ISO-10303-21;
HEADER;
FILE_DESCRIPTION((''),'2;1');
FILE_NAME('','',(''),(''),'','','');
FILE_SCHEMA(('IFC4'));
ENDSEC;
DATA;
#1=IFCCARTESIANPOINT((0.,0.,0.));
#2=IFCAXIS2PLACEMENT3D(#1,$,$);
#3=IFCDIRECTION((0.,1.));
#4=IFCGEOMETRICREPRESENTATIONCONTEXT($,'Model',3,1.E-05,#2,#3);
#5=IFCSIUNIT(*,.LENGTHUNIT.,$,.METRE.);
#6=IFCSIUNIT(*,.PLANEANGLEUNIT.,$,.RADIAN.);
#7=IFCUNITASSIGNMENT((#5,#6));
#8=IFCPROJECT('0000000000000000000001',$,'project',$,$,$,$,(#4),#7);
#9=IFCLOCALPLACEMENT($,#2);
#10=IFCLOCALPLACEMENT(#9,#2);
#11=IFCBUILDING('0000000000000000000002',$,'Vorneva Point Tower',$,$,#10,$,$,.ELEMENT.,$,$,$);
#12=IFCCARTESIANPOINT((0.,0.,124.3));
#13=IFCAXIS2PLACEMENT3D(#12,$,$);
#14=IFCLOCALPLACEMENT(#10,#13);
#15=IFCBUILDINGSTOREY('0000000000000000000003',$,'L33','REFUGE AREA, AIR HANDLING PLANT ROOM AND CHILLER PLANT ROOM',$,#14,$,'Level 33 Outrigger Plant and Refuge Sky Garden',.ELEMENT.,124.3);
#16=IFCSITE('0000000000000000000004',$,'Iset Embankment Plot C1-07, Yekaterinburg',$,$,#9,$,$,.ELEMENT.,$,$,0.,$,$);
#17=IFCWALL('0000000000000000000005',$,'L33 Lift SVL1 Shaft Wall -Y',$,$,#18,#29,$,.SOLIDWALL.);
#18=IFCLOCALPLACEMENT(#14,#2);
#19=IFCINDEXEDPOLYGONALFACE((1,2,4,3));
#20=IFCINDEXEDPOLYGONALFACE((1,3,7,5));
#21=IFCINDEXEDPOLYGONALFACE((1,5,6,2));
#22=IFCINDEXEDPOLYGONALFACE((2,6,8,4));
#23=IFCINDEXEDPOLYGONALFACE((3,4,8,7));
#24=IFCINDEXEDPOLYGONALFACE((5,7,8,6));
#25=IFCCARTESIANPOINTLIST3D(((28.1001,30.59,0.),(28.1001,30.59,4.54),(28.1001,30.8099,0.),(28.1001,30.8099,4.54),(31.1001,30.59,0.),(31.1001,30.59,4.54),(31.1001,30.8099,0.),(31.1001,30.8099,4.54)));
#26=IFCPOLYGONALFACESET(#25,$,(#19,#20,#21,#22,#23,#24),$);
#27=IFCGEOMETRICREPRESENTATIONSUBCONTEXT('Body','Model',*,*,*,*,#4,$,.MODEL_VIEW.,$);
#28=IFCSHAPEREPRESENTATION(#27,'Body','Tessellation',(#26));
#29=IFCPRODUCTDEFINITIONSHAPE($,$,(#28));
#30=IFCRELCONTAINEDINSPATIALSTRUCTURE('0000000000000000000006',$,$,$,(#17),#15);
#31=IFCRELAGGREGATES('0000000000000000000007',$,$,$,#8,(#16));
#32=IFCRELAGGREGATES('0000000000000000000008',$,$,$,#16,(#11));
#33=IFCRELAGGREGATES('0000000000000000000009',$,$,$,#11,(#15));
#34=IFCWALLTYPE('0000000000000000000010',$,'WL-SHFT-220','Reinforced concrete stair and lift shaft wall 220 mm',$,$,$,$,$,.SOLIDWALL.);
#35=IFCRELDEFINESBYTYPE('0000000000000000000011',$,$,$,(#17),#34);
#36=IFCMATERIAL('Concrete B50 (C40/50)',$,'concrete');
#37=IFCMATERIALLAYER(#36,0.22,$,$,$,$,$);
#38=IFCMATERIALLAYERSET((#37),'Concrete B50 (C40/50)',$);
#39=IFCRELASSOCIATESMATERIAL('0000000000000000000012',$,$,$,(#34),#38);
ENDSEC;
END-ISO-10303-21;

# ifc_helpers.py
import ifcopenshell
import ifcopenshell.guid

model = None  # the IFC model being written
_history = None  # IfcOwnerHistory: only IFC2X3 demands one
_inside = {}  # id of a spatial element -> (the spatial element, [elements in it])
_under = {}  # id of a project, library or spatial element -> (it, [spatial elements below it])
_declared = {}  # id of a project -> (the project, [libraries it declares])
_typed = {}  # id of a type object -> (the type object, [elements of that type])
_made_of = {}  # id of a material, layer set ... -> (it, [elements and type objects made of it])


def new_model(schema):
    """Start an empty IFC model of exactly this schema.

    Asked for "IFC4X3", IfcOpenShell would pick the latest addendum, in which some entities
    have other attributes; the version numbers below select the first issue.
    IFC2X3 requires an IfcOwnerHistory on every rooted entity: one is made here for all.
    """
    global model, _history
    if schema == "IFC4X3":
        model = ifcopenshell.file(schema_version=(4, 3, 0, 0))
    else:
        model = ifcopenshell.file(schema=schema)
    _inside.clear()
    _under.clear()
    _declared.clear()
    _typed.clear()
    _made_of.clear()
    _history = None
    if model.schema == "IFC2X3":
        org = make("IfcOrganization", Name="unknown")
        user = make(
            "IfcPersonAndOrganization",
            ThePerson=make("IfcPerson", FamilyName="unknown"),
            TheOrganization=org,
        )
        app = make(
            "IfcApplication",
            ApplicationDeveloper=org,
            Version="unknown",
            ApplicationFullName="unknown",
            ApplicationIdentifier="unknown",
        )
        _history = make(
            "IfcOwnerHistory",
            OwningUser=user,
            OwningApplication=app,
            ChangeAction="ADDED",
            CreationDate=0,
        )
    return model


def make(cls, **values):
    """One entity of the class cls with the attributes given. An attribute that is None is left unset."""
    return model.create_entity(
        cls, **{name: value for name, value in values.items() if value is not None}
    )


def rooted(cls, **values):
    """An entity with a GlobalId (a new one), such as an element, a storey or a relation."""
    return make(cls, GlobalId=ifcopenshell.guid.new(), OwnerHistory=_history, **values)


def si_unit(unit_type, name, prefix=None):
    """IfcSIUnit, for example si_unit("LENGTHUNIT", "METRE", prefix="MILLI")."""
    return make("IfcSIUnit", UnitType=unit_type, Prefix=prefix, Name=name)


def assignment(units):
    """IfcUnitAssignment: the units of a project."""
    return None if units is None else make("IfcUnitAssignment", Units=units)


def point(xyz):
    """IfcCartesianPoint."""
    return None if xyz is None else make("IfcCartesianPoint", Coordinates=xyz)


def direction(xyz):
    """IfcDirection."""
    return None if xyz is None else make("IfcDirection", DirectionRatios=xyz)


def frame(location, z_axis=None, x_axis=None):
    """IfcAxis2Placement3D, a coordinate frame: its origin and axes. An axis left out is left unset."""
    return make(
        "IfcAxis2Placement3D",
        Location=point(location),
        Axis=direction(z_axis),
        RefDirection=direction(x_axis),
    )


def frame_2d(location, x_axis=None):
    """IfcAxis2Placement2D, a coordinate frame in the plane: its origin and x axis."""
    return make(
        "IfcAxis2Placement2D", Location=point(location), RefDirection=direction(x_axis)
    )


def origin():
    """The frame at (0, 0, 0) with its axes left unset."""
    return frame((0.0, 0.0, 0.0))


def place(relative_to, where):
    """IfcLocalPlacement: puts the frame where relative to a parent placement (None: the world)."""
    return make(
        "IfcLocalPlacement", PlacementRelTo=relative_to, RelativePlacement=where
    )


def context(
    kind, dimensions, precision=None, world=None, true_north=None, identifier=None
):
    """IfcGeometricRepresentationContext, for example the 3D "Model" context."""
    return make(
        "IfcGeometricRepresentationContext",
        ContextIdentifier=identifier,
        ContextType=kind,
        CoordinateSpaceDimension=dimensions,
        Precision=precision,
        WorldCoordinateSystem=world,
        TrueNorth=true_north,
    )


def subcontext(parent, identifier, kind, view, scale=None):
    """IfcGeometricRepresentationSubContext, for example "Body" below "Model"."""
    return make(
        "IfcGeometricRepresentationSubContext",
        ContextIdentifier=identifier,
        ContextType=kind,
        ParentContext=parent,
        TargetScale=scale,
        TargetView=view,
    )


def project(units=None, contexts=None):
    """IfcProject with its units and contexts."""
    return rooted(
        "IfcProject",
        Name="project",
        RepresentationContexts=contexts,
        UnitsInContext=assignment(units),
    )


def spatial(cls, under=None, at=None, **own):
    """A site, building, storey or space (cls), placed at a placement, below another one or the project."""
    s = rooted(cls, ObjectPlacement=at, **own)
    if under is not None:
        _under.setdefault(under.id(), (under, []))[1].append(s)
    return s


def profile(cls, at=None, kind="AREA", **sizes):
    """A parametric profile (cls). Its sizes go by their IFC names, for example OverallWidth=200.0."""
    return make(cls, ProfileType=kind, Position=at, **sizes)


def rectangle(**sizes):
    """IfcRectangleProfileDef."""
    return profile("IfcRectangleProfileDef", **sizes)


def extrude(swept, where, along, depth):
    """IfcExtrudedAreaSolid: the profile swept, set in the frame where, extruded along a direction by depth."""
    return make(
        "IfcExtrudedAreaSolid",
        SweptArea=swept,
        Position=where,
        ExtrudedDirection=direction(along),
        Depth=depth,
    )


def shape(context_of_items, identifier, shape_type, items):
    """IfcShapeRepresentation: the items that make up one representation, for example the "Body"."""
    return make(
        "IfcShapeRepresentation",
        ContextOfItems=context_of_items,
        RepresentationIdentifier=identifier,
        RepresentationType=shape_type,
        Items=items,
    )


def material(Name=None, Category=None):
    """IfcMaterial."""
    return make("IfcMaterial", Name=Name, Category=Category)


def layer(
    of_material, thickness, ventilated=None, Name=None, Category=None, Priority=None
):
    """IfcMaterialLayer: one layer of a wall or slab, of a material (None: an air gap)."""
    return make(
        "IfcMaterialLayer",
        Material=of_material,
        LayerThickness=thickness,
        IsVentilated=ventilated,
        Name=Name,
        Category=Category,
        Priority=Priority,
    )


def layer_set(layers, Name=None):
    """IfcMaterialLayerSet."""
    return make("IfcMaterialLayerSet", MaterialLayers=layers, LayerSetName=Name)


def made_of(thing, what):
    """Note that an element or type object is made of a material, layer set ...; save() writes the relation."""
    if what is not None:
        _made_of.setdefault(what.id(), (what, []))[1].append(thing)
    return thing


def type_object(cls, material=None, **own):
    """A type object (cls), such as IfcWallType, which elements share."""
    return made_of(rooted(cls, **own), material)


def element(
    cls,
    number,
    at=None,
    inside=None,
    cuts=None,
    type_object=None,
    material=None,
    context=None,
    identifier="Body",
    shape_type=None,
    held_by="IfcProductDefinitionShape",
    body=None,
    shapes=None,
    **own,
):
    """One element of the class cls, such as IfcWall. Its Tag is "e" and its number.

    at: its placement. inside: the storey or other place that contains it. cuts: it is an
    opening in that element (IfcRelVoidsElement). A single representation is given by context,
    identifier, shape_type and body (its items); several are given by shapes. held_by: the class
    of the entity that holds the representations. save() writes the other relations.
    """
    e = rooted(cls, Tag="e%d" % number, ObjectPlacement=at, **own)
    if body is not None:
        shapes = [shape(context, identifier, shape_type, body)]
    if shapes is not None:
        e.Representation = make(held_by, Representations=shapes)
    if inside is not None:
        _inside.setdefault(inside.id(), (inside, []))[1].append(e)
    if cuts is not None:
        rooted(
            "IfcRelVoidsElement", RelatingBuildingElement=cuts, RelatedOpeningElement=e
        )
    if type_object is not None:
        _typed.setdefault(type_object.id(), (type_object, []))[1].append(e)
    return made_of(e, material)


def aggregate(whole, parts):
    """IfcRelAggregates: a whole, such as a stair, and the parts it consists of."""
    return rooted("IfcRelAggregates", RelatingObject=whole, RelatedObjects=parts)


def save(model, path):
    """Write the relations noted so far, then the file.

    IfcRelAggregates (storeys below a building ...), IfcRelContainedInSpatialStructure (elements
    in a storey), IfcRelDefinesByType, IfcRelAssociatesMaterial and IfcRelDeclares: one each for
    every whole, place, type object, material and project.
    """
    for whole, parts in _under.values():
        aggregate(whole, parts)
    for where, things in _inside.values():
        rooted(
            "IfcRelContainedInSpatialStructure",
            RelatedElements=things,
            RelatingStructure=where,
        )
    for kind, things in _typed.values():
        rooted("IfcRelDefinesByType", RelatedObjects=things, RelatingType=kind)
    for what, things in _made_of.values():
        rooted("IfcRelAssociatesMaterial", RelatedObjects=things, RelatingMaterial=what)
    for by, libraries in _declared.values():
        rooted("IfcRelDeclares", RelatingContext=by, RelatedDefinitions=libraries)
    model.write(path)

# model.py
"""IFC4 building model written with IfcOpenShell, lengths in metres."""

from ifc_helpers import new_model, si_unit, direction, frame, frame_2d, origin, place, context, subcontext, project, spatial, rectangle, extrude, material, layer, layer_set, type_object, element, save


model = new_model("IFC4")

# Units and contexts
model_context = context("Model", 3, precision=1e-05, world=origin(), true_north=direction((0.0, 1.0)))
body_context = subcontext(model_context, "Body", "Model", "MODEL_VIEW")
ifc_project = project(units=[si_unit("LENGTHUNIT", "METRE"), si_unit("PLANEANGLEUNIT", "RADIAN")], contexts=[model_context])

# Site, building, storey
site_placement = place(None, origin())
site = spatial("IfcSite", under=ifc_project, at=site_placement, Name="Iset Embankment Plot C1-07, Yekaterinburg", CompositionType="ELEMENT", RefElevation=0.0)
building_placement = place(site_placement, origin())
building = spatial("IfcBuilding", under=site, at=building_placement, Name="Vorneva Point Tower", CompositionType="ELEMENT")
storey_placement = place(building_placement, frame((0.0, 0.0, 124.3)))
storey = spatial("IfcBuildingStorey", under=building, at=storey_placement, Name="L33", Description="REFUGE AREA, AIR HANDLING PLANT ROOM AND CHILLER PLANT ROOM", LongName="Level 33 Outrigger Plant and Refuge Sky Garden", CompositionType="ELEMENT", Elevation=124.3)

# Wall
ifc_material_1 = material(Name="Concrete B50 (C40/50)", Category="concrete")
ifc_layer_1 = layer(ifc_material_1, 0.22)
ifc_layer_set_1 = layer_set([ifc_layer_1], Name="Concrete B50 (C40/50)")
wall_type_1 = type_object("IfcWallType", Name="WL-SHFT-220", Description="Reinforced concrete stair and lift shaft wall 220 mm", PredefinedType="SOLIDWALL", material=ifc_layer_set_1)
wall_1_placement = place(storey_placement, frame((28.1001, 30.7, 0.0), z_axis=(0.0, 0.0, 1.0), x_axis=(1.0, 0.0, 0.0)))
element("IfcWall", 1, at=wall_1_placement, inside=storey, type_object=wall_type_1, Name="L33 Lift SVL1 Shaft Wall -Y", PredefinedType="SOLIDWALL", context=body_context, shape_type="SweptSolid", body=[
    extrude(rectangle(XDim=3.0, YDim=0.22, at=frame_2d((1.5, 0.0))), origin(), (0.0, 0.0, 1.0), 4.54),
])

save(model, "model.ifc")
